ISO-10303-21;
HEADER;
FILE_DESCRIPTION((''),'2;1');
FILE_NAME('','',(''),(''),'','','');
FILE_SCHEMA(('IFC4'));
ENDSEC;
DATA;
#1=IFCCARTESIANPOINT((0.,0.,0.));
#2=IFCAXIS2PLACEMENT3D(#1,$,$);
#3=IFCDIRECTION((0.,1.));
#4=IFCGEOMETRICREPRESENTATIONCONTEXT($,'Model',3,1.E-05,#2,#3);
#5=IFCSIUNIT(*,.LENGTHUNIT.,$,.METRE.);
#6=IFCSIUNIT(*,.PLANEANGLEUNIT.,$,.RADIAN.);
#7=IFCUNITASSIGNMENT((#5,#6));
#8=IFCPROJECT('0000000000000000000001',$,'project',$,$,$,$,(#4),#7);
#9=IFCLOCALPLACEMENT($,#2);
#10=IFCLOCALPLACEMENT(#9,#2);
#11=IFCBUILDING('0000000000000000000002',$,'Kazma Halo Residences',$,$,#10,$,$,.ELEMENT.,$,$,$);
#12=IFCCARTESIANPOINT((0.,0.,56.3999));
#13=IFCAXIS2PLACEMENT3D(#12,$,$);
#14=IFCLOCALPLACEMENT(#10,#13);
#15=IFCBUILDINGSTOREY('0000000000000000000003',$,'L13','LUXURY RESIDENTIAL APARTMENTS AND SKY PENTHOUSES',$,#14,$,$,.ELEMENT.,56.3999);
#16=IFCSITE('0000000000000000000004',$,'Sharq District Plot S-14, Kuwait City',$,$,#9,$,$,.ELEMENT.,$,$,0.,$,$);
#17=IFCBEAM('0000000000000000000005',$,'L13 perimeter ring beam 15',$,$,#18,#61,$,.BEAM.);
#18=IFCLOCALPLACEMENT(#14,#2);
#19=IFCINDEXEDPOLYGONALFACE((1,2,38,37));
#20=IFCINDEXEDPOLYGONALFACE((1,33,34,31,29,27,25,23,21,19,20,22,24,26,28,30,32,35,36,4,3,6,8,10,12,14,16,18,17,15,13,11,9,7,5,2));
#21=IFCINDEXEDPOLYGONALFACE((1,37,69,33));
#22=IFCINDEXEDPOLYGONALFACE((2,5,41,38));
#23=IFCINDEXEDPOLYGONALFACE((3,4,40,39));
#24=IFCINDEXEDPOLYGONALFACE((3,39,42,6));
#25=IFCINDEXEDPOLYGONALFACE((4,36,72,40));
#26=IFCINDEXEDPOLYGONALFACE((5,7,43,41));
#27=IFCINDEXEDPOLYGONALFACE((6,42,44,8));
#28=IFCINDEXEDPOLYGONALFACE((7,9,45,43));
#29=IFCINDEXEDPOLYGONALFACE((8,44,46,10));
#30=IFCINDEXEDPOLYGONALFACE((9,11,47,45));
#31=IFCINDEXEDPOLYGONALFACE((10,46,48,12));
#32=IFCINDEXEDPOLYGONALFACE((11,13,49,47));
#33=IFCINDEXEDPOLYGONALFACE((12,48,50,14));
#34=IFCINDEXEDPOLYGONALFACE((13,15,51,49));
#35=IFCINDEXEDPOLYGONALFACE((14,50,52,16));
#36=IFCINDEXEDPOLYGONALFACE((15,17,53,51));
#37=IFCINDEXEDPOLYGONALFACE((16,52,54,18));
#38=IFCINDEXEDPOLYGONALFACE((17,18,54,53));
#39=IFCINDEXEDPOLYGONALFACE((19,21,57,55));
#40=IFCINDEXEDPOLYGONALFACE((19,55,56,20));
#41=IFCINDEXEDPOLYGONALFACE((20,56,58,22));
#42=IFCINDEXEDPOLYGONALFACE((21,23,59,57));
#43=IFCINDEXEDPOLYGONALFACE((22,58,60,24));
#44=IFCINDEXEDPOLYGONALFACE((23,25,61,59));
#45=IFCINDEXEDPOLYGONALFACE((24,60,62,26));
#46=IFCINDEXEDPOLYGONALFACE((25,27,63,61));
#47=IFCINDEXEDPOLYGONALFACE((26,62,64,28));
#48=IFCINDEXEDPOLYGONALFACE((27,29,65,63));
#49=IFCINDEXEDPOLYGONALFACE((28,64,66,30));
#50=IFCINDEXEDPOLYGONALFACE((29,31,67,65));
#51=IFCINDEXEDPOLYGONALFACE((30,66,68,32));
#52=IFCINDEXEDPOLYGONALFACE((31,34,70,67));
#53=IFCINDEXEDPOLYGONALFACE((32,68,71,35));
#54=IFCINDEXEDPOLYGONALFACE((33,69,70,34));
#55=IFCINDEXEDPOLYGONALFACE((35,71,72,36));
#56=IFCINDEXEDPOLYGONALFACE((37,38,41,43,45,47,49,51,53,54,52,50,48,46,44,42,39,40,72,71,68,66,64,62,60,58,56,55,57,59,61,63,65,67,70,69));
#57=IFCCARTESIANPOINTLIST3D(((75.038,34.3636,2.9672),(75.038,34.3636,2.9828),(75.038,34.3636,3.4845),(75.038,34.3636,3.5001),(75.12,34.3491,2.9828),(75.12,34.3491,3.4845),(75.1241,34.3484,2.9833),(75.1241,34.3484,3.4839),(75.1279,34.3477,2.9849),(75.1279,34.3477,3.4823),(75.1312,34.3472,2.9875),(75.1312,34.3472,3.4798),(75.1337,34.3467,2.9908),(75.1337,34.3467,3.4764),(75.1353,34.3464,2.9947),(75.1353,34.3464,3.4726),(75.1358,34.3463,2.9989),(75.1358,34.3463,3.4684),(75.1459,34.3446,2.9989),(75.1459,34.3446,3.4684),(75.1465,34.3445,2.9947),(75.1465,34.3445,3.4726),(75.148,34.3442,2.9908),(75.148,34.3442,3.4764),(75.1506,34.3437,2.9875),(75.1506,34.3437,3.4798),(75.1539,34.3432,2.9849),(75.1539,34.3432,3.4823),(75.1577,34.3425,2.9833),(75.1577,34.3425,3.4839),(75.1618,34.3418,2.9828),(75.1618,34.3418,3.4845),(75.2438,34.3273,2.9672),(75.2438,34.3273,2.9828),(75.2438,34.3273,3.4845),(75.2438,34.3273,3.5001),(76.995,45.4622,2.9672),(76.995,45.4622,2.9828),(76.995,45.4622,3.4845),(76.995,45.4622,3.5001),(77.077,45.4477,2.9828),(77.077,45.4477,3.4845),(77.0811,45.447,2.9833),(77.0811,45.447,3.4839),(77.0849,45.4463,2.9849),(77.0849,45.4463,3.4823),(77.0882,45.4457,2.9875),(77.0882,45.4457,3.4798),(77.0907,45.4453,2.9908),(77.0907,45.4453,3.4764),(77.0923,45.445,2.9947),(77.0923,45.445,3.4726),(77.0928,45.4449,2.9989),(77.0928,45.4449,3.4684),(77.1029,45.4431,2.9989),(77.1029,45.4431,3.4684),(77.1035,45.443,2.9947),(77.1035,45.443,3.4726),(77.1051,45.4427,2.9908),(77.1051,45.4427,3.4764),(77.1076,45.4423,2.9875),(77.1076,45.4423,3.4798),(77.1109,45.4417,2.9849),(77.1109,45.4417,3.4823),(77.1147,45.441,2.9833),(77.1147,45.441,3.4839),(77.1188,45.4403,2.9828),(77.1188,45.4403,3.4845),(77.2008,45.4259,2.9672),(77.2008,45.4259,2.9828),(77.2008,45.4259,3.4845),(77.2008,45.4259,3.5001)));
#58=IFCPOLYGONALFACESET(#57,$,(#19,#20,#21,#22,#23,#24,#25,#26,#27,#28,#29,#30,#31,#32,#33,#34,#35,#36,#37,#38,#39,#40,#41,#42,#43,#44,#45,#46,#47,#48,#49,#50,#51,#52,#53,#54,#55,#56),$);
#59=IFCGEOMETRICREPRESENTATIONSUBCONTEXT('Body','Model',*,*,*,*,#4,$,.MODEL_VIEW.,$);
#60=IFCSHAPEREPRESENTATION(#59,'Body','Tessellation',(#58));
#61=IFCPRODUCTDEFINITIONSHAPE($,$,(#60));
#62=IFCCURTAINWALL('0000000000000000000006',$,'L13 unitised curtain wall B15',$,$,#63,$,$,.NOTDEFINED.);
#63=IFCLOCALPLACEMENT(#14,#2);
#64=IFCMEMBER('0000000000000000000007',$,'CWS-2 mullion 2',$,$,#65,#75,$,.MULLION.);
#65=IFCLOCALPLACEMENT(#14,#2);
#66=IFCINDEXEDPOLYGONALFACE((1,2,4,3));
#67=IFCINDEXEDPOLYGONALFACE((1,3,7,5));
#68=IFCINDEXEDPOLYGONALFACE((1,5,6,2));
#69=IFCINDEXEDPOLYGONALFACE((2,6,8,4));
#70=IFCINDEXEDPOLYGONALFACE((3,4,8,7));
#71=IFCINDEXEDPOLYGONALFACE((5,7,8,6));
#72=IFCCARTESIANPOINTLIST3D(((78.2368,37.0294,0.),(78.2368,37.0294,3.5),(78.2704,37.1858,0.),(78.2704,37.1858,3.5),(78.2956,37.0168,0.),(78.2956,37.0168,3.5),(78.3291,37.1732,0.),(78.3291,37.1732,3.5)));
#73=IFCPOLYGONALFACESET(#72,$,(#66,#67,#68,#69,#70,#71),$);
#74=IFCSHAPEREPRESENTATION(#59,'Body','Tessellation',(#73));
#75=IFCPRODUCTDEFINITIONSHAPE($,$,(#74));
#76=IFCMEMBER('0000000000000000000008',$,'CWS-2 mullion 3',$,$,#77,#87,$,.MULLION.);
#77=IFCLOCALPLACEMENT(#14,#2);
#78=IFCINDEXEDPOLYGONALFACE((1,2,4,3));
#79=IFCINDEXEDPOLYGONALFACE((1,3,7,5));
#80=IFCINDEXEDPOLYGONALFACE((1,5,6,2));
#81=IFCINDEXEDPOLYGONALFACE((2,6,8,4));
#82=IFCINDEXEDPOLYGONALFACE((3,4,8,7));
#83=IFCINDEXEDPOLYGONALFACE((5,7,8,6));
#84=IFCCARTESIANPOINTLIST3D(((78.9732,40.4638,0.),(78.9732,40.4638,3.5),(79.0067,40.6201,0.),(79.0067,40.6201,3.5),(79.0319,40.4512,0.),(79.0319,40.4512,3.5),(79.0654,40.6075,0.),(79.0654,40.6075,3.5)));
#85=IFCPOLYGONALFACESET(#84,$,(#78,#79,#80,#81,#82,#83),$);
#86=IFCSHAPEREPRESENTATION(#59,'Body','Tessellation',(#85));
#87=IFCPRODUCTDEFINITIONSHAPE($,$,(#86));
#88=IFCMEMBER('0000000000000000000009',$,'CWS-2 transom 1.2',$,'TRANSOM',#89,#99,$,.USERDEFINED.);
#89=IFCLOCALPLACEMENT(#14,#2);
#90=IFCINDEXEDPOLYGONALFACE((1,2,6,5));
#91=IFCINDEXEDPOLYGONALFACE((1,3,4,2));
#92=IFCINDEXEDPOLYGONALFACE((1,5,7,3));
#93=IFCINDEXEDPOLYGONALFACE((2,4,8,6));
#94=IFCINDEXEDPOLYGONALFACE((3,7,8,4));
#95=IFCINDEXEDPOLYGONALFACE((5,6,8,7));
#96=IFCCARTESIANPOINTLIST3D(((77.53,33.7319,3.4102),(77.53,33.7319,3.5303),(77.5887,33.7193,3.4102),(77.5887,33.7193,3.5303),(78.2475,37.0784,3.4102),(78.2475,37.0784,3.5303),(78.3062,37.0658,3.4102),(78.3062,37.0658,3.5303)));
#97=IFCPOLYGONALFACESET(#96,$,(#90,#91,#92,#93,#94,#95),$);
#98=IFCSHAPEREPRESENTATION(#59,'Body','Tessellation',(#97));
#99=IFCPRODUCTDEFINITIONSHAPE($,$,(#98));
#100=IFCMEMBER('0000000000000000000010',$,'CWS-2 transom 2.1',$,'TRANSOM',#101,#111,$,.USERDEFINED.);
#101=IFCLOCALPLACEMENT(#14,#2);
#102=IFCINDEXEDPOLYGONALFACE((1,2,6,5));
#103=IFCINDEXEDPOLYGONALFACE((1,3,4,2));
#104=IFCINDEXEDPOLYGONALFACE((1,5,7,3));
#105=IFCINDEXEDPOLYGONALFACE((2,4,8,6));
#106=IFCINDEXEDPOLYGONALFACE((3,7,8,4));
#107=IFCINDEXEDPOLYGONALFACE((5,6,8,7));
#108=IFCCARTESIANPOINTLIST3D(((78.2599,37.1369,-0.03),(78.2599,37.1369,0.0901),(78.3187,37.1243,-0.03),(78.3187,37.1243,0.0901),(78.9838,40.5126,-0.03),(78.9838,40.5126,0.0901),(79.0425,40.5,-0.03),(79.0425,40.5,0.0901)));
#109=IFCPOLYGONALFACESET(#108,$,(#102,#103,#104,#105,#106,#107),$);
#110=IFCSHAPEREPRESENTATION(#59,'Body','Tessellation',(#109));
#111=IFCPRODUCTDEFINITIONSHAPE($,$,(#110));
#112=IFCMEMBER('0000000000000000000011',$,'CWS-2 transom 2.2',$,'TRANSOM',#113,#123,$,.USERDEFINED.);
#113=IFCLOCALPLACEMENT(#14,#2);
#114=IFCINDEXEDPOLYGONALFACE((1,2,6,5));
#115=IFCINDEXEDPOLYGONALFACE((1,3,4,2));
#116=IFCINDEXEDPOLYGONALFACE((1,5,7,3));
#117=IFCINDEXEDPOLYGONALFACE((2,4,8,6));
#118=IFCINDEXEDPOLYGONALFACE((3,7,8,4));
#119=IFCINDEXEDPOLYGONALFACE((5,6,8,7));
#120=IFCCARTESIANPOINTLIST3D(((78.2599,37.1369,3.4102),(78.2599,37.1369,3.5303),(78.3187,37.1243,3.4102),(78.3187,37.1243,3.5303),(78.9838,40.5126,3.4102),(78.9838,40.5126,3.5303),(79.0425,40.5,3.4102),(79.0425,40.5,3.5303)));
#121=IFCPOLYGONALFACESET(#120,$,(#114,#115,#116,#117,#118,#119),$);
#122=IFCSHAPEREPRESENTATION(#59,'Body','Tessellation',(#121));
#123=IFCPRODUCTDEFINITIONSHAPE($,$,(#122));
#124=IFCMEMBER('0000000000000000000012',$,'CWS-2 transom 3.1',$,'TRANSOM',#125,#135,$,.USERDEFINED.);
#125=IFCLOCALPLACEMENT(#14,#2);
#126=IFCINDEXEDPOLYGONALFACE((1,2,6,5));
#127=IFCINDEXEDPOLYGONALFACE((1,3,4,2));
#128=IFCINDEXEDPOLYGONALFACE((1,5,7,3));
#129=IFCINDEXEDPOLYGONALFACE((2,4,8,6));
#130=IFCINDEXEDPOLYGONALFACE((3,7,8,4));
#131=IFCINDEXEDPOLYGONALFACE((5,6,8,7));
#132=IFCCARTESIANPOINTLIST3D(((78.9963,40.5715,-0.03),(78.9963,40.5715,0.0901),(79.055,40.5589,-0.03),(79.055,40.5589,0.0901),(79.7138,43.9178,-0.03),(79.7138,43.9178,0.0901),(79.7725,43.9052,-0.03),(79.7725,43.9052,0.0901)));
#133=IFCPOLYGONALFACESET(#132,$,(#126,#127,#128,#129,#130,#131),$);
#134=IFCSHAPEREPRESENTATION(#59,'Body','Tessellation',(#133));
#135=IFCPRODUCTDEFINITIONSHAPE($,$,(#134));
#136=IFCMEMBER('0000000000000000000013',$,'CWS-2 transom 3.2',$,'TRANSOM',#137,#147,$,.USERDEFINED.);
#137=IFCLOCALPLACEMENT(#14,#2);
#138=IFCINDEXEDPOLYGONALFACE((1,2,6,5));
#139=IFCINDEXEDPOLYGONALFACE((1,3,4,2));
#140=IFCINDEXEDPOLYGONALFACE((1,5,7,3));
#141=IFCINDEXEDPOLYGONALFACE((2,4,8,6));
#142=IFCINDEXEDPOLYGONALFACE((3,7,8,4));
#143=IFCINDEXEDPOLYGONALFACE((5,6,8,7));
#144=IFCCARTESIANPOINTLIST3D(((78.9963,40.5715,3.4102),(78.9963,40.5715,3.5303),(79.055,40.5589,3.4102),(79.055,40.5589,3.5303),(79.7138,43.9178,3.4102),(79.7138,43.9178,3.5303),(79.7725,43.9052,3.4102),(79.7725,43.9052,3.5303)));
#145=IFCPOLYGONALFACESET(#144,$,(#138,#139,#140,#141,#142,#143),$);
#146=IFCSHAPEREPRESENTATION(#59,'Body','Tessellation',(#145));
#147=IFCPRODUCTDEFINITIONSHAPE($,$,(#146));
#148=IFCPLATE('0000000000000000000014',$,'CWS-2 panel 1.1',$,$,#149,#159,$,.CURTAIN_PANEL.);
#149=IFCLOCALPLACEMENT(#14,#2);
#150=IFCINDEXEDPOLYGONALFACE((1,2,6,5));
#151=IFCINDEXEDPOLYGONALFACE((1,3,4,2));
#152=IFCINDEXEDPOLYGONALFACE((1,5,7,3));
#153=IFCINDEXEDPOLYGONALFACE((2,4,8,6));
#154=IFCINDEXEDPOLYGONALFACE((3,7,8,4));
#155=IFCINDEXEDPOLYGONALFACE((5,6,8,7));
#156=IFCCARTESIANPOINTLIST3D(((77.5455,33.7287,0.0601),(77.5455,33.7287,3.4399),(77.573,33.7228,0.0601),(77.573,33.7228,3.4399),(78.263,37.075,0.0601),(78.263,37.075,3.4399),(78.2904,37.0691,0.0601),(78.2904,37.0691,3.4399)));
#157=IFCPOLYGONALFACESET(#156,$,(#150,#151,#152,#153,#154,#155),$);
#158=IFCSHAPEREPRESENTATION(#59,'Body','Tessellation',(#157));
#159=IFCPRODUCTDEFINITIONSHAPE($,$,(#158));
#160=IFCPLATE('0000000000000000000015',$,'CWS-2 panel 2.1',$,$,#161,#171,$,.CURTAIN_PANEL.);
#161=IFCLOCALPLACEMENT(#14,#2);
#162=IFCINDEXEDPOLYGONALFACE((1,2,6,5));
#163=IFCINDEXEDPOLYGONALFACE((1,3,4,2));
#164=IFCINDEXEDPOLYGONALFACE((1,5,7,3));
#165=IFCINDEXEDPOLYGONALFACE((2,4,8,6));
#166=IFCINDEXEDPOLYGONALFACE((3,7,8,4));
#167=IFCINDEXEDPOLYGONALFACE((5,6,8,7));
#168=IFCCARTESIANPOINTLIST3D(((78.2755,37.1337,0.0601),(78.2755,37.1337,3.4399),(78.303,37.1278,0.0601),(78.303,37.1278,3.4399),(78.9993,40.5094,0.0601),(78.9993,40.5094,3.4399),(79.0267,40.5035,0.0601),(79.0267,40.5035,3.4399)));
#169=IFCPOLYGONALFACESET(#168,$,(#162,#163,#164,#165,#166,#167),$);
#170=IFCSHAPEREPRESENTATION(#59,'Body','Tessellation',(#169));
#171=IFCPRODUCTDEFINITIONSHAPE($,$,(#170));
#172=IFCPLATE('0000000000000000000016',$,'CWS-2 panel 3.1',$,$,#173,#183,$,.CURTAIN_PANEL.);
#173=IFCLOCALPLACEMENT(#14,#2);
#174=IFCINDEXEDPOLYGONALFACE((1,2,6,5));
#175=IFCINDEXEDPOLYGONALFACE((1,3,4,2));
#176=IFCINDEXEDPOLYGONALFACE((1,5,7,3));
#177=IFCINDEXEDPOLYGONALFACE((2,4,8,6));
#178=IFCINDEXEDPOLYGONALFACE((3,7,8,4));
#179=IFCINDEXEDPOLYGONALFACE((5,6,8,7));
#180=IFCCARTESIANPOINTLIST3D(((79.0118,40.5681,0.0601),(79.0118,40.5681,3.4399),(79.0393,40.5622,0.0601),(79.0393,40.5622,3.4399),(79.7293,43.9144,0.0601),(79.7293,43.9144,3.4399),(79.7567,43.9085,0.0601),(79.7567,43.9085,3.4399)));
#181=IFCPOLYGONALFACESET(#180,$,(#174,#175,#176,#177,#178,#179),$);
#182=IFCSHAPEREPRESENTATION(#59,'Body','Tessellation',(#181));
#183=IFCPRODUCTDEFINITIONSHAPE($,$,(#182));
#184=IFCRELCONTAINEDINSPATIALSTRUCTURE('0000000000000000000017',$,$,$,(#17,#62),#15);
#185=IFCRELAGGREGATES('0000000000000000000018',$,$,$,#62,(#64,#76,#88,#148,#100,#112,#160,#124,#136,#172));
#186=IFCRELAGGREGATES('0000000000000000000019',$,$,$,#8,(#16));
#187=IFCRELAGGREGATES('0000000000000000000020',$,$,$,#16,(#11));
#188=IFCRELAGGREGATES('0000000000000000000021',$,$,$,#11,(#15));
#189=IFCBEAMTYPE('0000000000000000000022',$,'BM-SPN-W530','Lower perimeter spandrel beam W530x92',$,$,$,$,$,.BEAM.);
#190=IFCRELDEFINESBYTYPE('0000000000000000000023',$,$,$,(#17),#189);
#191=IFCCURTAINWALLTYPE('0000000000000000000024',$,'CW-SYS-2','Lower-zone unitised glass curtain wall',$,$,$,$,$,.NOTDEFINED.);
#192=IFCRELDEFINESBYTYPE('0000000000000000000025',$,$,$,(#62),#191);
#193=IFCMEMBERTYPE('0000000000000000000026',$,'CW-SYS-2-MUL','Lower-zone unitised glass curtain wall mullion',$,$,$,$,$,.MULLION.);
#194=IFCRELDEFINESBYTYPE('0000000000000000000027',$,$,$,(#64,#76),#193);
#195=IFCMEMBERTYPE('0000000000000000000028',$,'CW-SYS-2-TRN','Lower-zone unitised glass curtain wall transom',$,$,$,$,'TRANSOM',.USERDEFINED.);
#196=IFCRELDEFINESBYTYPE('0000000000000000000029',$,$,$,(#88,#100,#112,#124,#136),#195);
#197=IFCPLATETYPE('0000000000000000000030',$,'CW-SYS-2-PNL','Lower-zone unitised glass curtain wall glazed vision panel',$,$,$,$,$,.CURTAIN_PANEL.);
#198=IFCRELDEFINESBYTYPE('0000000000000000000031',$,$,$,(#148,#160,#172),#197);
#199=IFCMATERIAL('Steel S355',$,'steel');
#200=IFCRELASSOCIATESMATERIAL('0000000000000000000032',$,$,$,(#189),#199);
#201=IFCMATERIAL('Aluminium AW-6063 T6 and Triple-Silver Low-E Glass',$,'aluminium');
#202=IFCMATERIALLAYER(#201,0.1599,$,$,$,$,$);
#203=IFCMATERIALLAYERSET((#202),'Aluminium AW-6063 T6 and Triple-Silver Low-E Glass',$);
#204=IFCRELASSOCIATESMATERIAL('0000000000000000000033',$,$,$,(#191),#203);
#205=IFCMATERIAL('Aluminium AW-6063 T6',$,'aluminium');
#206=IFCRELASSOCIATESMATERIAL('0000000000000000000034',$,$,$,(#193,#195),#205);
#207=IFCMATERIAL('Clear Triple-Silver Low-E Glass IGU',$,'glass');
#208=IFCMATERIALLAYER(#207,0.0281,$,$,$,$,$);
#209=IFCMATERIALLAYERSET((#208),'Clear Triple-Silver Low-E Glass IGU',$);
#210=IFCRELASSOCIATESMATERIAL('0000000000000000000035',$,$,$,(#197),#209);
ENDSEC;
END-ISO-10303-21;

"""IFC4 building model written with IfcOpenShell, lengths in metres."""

from ifc_helpers import new_model, si_unit, direction, frame, origin, origin_2d, place, context, subcontext, project, spatial, rectangle, i_section, extrude, material, layer, layer_set, material_profile, profile_set, type_object, element, aggregate, save


model = new_model("IFC4")

# Units and contexts
model_context = context("Model", 3, precision=1e-05, world=origin(), true_north=direction((0.0, 1.0)))
body_context = subcontext(model_context, "Body", "Model", "MODEL_VIEW")
ifc_project = project(units=[si_unit("LENGTHUNIT", "METRE"), si_unit("PLANEANGLEUNIT", "RADIAN")], contexts=[model_context])

# Site, building, storey
site_placement = place(None, origin())
site = spatial("IfcSite", under=ifc_project, at=site_placement, Name="Sharq District Plot S-14, Kuwait City", CompositionType="ELEMENT", RefElevation=0.0)
building_placement = place(site_placement, origin())
building = spatial("IfcBuilding", under=site, at=building_placement, Name="Kazma Halo Residences", CompositionType="ELEMENT")
storey_placement = place(building_placement, frame((0.0, 0.0, 56.3999)))
storey = spatial("IfcBuildingStorey", under=building, at=storey_placement, Name="L13", Description="LUXURY RESIDENTIAL APARTMENTS AND SKY PENTHOUSES", CompositionType="ELEMENT", Elevation=56.3999)

# Beam
ifc_material_1 = material(Name="Steel S355", Category="steel")
ifc_material_profile_1 = material_profile(ifc_material_1, i_section(OverallWidth=0.209, OverallDepth=0.533, WebThickness=0.0103, FlangeThickness=0.0156, FilletRadius=0.0161, at=origin_2d()), Name="W530x92")
ifc_profile_set_1 = profile_set([ifc_material_profile_1], Name="Steel S355")
beam_type_1 = type_object("IfcBeamType", Name="BM-SPN-W530", Description="Lower perimeter spandrel beam W530x92", PredefinedType="BEAM", material=ifc_profile_set_1)
beam_1_placement = place(storey_placement, frame((75.1409, 34.3455, 3.2336), z_axis=(0.173652, 0.984807, 0.0), x_axis=(-0.984807, 0.173652, 0.0)))
element("IfcBeam", 1, at=beam_1_placement, inside=storey, type_object=beam_type_1, Name="L13 perimeter ring beam 15", PredefinedType="BEAM", context=body_context, shape_type="SweptSolid", body=[
    extrude(i_section(OverallWidth=0.209, OverallDepth=0.533, WebThickness=0.0103, FlangeThickness=0.0156, FilletRadius=0.0161, at=origin_2d()), origin(), (0.0, 0.0, 1.0), 11.2698),
])

# Curtain wall, members, plates
ifc_material_2 = material(Name="Aluminium AW-6063 T6 and Triple-Silver Low-E Glass", Category="aluminium")
ifc_layer_1 = layer(ifc_material_2, 0.1599)
ifc_layer_set_1 = layer_set([ifc_layer_1], Name="Aluminium AW-6063 T6 and Triple-Silver Low-E Glass")
curtain_wall_type = type_object("IfcCurtainWallType", Name="CW-SYS-2", Description="Lower-zone unitised glass curtain wall", PredefinedType="NOTDEFINED", material=ifc_layer_set_1)
curtain_wall_placement = place(storey_placement, origin())
curtain_wall = element("IfcCurtainWall", 2, at=curtain_wall_placement, inside=storey, type_object=curtain_wall_type, Name="L13 unitised curtain wall B15", PredefinedType="NOTDEFINED")
ifc_material_3 = material(Name="Aluminium AW-6063 T6", Category="aluminium")
ifc_material_profile_2 = material_profile(ifc_material_3, rectangle(XDim=0.0601, YDim=0.1599, at=origin_2d()), Name="CWM-60x160")
ifc_profile_set_2 = profile_set([ifc_material_profile_2], Name="Aluminium AW-6063 T6")
member_type_1 = type_object("IfcMemberType", Name="CW-SYS-2-MUL", Description="Lower-zone unitised glass curtain wall mullion", PredefinedType="MULLION", material=ifc_profile_set_2)
member_1_placement = place(storey_placement, frame((78.283, 37.1013, 0.0), z_axis=(0.0, 0.0, 1.0), x_axis=(-0.977779, 0.209637, 0.0)))
member_1 = element("IfcMember", 3, at=member_1_placement, type_object=member_type_1, Name="CWS-2 mullion 2", PredefinedType="MULLION", context=body_context, shape_type="SweptSolid", body=[
    extrude(rectangle(XDim=0.0601, YDim=0.1599, at=origin_2d()), origin(), (0.0, 0.0, 1.0), 3.5),
])
member_2_placement = place(storey_placement, frame((79.0193, 40.5356, 0.0), z_axis=(0.0, 0.0, 1.0), x_axis=(-0.977779, 0.209637, 0.0)))
member_2 = element("IfcMember", 4, at=member_2_placement, type_object=member_type_1, Name="CWS-2 mullion 3", PredefinedType="MULLION", context=body_context, shape_type="SweptSolid", body=[
    extrude(rectangle(XDim=0.0601, YDim=0.1599, at=origin_2d()), origin(), (0.0, 0.0, 1.0), 3.5),
])
ifc_material_profile_3 = material_profile(ifc_material_3, rectangle(XDim=0.0601, YDim=0.1201, at=origin_2d()), Name="CWT-60x120")
ifc_profile_set_3 = profile_set([ifc_material_profile_3], Name="Aluminium AW-6063 T6")
member_type_2 = type_object("IfcMemberType", Name="CW-SYS-2-TRN", Description="Lower-zone unitised glass curtain wall transom", ElementType="TRANSOM", PredefinedType="USERDEFINED", material=ifc_profile_set_3)
member_3_placement = place(storey_placement, frame((77.5593, 33.7256, 3.4702), z_axis=(0.209651, 0.977776, 0.0), x_axis=(-0.977776, 0.209651, 0.0)))
member_3 = element("IfcMember", 5, at=member_3_placement, type_object=member_type_2, Name="CWS-2 transom 1.2", ObjectType="TRANSOM", PredefinedType="USERDEFINED", context=body_context, shape_type="SweptSolid", body=[
    extrude(rectangle(XDim=0.0601, YDim=0.1201, at=origin_2d()), origin(), (0.0, 0.0, 1.0), 3.4226),
])
member_4_placement = place(storey_placement, frame((78.2893, 37.1306, 0.03), z_axis=(0.209669, 0.977772, 0.0), x_axis=(-0.977772, 0.209669, 0.0)))
member_4 = element("IfcMember", 6, at=member_4_placement, type_object=member_type_2, Name="CWS-2 transom 2.1", ObjectType="TRANSOM", PredefinedType="USERDEFINED", context=body_context, shape_type="SweptSolid", body=[
    extrude(rectangle(XDim=0.0601, YDim=0.1201, at=origin_2d()), origin(), (0.0, 0.0, 1.0), 3.4524),
])
member_5_placement = place(storey_placement, frame((78.2893, 37.1306, 3.4702), z_axis=(0.209669, 0.977772, 0.0), x_axis=(-0.977772, 0.209669, 0.0)))
member_5 = element("IfcMember", 7, at=member_5_placement, type_object=member_type_2, Name="CWS-2 transom 2.2", ObjectType="TRANSOM", PredefinedType="USERDEFINED", context=body_context, shape_type="SweptSolid", body=[
    extrude(rectangle(XDim=0.0601, YDim=0.1201, at=origin_2d()), origin(), (0.0, 0.0, 1.0), 3.4524),
])
member_6_placement = place(storey_placement, frame((79.0256, 40.5652, 0.03), z_axis=(0.209666, 0.977773, 0.0), x_axis=(-0.977773, 0.209666, 0.0)))
member_6 = element("IfcMember", 8, at=member_6_placement, type_object=member_type_2, Name="CWS-2 transom 3.1", ObjectType="TRANSOM", PredefinedType="USERDEFINED", context=body_context, shape_type="SweptSolid", body=[
    extrude(rectangle(XDim=0.0601, YDim=0.1201, at=origin_2d()), origin(), (0.0, 0.0, 1.0), 3.4224),
])
member_7_placement = place(storey_placement, frame((79.0256, 40.5652, 3.4702), z_axis=(0.209666, 0.977773, 0.0), x_axis=(-0.977773, 0.209666, 0.0)))
member_7 = element("IfcMember", 9, at=member_7_placement, type_object=member_type_2, Name="CWS-2 transom 3.2", ObjectType="TRANSOM", PredefinedType="USERDEFINED", context=body_context, shape_type="SweptSolid", body=[
    extrude(rectangle(XDim=0.0601, YDim=0.1201, at=origin_2d()), origin(), (0.0, 0.0, 1.0), 3.4224),
])
ifc_material_4 = material(Name="Clear Triple-Silver Low-E Glass IGU", Category="glass")
ifc_layer_2 = layer(ifc_material_4, 0.0281)
ifc_layer_set_2 = layer_set([ifc_layer_2], Name="Clear Triple-Silver Low-E Glass IGU")
plate_type = type_object("IfcPlateType", Name="CW-SYS-2-PNL", Description="Lower-zone unitised glass curtain wall glazed vision panel", PredefinedType="CURTAIN_PANEL", material=ifc_layer_set_2)
plate_1_placement = place(storey_placement, frame((77.918, 35.3989, 0.0601), z_axis=(0.0, 0.0, 1.0), x_axis=(0.209637, 0.977779, 0.0)))
plate_1 = element("IfcPlate", 10, at=plate_1_placement, type_object=plate_type, Name="CWS-2 panel 1.1", PredefinedType="CURTAIN_PANEL", context=body_context, shape_type="SweptSolid", body=[
    extrude(rectangle(XDim=3.4224, YDim=0.0281, at=origin_2d()), origin(), (0.0, 0.0, 1.0), 3.3799),
])
plate_2_placement = place(storey_placement, frame((78.6511, 38.8186, 0.0601), z_axis=(0.0, 0.0, 1.0), x_axis=(0.209637, 0.977779, 0.0)))
plate_2 = element("IfcPlate", 11, at=plate_2_placement, type_object=plate_type, Name="CWS-2 panel 2.1", PredefinedType="CURTAIN_PANEL", context=body_context, shape_type="SweptSolid", body=[
    extrude(rectangle(XDim=3.4524, YDim=0.0281, at=origin_2d()), origin(), (0.0, 0.0, 1.0), 3.3799),
])
plate_3_placement = place(storey_placement, frame((79.3843, 42.2383, 0.0601), z_axis=(0.0, 0.0, 1.0), x_axis=(0.209637, 0.977779, 0.0)))
plate_3 = element("IfcPlate", 12, at=plate_3_placement, type_object=plate_type, Name="CWS-2 panel 3.1", PredefinedType="CURTAIN_PANEL", context=body_context, shape_type="SweptSolid", body=[
    extrude(rectangle(XDim=3.4224, YDim=0.0281, at=origin_2d()), origin(), (0.0, 0.0, 1.0), 3.3799),
])
aggregate(curtain_wall, [member_1, member_2, member_3, plate_1, member_4, member_5, plate_2, member_6, member_7, plate_3])

save(model, "model.ifc")
